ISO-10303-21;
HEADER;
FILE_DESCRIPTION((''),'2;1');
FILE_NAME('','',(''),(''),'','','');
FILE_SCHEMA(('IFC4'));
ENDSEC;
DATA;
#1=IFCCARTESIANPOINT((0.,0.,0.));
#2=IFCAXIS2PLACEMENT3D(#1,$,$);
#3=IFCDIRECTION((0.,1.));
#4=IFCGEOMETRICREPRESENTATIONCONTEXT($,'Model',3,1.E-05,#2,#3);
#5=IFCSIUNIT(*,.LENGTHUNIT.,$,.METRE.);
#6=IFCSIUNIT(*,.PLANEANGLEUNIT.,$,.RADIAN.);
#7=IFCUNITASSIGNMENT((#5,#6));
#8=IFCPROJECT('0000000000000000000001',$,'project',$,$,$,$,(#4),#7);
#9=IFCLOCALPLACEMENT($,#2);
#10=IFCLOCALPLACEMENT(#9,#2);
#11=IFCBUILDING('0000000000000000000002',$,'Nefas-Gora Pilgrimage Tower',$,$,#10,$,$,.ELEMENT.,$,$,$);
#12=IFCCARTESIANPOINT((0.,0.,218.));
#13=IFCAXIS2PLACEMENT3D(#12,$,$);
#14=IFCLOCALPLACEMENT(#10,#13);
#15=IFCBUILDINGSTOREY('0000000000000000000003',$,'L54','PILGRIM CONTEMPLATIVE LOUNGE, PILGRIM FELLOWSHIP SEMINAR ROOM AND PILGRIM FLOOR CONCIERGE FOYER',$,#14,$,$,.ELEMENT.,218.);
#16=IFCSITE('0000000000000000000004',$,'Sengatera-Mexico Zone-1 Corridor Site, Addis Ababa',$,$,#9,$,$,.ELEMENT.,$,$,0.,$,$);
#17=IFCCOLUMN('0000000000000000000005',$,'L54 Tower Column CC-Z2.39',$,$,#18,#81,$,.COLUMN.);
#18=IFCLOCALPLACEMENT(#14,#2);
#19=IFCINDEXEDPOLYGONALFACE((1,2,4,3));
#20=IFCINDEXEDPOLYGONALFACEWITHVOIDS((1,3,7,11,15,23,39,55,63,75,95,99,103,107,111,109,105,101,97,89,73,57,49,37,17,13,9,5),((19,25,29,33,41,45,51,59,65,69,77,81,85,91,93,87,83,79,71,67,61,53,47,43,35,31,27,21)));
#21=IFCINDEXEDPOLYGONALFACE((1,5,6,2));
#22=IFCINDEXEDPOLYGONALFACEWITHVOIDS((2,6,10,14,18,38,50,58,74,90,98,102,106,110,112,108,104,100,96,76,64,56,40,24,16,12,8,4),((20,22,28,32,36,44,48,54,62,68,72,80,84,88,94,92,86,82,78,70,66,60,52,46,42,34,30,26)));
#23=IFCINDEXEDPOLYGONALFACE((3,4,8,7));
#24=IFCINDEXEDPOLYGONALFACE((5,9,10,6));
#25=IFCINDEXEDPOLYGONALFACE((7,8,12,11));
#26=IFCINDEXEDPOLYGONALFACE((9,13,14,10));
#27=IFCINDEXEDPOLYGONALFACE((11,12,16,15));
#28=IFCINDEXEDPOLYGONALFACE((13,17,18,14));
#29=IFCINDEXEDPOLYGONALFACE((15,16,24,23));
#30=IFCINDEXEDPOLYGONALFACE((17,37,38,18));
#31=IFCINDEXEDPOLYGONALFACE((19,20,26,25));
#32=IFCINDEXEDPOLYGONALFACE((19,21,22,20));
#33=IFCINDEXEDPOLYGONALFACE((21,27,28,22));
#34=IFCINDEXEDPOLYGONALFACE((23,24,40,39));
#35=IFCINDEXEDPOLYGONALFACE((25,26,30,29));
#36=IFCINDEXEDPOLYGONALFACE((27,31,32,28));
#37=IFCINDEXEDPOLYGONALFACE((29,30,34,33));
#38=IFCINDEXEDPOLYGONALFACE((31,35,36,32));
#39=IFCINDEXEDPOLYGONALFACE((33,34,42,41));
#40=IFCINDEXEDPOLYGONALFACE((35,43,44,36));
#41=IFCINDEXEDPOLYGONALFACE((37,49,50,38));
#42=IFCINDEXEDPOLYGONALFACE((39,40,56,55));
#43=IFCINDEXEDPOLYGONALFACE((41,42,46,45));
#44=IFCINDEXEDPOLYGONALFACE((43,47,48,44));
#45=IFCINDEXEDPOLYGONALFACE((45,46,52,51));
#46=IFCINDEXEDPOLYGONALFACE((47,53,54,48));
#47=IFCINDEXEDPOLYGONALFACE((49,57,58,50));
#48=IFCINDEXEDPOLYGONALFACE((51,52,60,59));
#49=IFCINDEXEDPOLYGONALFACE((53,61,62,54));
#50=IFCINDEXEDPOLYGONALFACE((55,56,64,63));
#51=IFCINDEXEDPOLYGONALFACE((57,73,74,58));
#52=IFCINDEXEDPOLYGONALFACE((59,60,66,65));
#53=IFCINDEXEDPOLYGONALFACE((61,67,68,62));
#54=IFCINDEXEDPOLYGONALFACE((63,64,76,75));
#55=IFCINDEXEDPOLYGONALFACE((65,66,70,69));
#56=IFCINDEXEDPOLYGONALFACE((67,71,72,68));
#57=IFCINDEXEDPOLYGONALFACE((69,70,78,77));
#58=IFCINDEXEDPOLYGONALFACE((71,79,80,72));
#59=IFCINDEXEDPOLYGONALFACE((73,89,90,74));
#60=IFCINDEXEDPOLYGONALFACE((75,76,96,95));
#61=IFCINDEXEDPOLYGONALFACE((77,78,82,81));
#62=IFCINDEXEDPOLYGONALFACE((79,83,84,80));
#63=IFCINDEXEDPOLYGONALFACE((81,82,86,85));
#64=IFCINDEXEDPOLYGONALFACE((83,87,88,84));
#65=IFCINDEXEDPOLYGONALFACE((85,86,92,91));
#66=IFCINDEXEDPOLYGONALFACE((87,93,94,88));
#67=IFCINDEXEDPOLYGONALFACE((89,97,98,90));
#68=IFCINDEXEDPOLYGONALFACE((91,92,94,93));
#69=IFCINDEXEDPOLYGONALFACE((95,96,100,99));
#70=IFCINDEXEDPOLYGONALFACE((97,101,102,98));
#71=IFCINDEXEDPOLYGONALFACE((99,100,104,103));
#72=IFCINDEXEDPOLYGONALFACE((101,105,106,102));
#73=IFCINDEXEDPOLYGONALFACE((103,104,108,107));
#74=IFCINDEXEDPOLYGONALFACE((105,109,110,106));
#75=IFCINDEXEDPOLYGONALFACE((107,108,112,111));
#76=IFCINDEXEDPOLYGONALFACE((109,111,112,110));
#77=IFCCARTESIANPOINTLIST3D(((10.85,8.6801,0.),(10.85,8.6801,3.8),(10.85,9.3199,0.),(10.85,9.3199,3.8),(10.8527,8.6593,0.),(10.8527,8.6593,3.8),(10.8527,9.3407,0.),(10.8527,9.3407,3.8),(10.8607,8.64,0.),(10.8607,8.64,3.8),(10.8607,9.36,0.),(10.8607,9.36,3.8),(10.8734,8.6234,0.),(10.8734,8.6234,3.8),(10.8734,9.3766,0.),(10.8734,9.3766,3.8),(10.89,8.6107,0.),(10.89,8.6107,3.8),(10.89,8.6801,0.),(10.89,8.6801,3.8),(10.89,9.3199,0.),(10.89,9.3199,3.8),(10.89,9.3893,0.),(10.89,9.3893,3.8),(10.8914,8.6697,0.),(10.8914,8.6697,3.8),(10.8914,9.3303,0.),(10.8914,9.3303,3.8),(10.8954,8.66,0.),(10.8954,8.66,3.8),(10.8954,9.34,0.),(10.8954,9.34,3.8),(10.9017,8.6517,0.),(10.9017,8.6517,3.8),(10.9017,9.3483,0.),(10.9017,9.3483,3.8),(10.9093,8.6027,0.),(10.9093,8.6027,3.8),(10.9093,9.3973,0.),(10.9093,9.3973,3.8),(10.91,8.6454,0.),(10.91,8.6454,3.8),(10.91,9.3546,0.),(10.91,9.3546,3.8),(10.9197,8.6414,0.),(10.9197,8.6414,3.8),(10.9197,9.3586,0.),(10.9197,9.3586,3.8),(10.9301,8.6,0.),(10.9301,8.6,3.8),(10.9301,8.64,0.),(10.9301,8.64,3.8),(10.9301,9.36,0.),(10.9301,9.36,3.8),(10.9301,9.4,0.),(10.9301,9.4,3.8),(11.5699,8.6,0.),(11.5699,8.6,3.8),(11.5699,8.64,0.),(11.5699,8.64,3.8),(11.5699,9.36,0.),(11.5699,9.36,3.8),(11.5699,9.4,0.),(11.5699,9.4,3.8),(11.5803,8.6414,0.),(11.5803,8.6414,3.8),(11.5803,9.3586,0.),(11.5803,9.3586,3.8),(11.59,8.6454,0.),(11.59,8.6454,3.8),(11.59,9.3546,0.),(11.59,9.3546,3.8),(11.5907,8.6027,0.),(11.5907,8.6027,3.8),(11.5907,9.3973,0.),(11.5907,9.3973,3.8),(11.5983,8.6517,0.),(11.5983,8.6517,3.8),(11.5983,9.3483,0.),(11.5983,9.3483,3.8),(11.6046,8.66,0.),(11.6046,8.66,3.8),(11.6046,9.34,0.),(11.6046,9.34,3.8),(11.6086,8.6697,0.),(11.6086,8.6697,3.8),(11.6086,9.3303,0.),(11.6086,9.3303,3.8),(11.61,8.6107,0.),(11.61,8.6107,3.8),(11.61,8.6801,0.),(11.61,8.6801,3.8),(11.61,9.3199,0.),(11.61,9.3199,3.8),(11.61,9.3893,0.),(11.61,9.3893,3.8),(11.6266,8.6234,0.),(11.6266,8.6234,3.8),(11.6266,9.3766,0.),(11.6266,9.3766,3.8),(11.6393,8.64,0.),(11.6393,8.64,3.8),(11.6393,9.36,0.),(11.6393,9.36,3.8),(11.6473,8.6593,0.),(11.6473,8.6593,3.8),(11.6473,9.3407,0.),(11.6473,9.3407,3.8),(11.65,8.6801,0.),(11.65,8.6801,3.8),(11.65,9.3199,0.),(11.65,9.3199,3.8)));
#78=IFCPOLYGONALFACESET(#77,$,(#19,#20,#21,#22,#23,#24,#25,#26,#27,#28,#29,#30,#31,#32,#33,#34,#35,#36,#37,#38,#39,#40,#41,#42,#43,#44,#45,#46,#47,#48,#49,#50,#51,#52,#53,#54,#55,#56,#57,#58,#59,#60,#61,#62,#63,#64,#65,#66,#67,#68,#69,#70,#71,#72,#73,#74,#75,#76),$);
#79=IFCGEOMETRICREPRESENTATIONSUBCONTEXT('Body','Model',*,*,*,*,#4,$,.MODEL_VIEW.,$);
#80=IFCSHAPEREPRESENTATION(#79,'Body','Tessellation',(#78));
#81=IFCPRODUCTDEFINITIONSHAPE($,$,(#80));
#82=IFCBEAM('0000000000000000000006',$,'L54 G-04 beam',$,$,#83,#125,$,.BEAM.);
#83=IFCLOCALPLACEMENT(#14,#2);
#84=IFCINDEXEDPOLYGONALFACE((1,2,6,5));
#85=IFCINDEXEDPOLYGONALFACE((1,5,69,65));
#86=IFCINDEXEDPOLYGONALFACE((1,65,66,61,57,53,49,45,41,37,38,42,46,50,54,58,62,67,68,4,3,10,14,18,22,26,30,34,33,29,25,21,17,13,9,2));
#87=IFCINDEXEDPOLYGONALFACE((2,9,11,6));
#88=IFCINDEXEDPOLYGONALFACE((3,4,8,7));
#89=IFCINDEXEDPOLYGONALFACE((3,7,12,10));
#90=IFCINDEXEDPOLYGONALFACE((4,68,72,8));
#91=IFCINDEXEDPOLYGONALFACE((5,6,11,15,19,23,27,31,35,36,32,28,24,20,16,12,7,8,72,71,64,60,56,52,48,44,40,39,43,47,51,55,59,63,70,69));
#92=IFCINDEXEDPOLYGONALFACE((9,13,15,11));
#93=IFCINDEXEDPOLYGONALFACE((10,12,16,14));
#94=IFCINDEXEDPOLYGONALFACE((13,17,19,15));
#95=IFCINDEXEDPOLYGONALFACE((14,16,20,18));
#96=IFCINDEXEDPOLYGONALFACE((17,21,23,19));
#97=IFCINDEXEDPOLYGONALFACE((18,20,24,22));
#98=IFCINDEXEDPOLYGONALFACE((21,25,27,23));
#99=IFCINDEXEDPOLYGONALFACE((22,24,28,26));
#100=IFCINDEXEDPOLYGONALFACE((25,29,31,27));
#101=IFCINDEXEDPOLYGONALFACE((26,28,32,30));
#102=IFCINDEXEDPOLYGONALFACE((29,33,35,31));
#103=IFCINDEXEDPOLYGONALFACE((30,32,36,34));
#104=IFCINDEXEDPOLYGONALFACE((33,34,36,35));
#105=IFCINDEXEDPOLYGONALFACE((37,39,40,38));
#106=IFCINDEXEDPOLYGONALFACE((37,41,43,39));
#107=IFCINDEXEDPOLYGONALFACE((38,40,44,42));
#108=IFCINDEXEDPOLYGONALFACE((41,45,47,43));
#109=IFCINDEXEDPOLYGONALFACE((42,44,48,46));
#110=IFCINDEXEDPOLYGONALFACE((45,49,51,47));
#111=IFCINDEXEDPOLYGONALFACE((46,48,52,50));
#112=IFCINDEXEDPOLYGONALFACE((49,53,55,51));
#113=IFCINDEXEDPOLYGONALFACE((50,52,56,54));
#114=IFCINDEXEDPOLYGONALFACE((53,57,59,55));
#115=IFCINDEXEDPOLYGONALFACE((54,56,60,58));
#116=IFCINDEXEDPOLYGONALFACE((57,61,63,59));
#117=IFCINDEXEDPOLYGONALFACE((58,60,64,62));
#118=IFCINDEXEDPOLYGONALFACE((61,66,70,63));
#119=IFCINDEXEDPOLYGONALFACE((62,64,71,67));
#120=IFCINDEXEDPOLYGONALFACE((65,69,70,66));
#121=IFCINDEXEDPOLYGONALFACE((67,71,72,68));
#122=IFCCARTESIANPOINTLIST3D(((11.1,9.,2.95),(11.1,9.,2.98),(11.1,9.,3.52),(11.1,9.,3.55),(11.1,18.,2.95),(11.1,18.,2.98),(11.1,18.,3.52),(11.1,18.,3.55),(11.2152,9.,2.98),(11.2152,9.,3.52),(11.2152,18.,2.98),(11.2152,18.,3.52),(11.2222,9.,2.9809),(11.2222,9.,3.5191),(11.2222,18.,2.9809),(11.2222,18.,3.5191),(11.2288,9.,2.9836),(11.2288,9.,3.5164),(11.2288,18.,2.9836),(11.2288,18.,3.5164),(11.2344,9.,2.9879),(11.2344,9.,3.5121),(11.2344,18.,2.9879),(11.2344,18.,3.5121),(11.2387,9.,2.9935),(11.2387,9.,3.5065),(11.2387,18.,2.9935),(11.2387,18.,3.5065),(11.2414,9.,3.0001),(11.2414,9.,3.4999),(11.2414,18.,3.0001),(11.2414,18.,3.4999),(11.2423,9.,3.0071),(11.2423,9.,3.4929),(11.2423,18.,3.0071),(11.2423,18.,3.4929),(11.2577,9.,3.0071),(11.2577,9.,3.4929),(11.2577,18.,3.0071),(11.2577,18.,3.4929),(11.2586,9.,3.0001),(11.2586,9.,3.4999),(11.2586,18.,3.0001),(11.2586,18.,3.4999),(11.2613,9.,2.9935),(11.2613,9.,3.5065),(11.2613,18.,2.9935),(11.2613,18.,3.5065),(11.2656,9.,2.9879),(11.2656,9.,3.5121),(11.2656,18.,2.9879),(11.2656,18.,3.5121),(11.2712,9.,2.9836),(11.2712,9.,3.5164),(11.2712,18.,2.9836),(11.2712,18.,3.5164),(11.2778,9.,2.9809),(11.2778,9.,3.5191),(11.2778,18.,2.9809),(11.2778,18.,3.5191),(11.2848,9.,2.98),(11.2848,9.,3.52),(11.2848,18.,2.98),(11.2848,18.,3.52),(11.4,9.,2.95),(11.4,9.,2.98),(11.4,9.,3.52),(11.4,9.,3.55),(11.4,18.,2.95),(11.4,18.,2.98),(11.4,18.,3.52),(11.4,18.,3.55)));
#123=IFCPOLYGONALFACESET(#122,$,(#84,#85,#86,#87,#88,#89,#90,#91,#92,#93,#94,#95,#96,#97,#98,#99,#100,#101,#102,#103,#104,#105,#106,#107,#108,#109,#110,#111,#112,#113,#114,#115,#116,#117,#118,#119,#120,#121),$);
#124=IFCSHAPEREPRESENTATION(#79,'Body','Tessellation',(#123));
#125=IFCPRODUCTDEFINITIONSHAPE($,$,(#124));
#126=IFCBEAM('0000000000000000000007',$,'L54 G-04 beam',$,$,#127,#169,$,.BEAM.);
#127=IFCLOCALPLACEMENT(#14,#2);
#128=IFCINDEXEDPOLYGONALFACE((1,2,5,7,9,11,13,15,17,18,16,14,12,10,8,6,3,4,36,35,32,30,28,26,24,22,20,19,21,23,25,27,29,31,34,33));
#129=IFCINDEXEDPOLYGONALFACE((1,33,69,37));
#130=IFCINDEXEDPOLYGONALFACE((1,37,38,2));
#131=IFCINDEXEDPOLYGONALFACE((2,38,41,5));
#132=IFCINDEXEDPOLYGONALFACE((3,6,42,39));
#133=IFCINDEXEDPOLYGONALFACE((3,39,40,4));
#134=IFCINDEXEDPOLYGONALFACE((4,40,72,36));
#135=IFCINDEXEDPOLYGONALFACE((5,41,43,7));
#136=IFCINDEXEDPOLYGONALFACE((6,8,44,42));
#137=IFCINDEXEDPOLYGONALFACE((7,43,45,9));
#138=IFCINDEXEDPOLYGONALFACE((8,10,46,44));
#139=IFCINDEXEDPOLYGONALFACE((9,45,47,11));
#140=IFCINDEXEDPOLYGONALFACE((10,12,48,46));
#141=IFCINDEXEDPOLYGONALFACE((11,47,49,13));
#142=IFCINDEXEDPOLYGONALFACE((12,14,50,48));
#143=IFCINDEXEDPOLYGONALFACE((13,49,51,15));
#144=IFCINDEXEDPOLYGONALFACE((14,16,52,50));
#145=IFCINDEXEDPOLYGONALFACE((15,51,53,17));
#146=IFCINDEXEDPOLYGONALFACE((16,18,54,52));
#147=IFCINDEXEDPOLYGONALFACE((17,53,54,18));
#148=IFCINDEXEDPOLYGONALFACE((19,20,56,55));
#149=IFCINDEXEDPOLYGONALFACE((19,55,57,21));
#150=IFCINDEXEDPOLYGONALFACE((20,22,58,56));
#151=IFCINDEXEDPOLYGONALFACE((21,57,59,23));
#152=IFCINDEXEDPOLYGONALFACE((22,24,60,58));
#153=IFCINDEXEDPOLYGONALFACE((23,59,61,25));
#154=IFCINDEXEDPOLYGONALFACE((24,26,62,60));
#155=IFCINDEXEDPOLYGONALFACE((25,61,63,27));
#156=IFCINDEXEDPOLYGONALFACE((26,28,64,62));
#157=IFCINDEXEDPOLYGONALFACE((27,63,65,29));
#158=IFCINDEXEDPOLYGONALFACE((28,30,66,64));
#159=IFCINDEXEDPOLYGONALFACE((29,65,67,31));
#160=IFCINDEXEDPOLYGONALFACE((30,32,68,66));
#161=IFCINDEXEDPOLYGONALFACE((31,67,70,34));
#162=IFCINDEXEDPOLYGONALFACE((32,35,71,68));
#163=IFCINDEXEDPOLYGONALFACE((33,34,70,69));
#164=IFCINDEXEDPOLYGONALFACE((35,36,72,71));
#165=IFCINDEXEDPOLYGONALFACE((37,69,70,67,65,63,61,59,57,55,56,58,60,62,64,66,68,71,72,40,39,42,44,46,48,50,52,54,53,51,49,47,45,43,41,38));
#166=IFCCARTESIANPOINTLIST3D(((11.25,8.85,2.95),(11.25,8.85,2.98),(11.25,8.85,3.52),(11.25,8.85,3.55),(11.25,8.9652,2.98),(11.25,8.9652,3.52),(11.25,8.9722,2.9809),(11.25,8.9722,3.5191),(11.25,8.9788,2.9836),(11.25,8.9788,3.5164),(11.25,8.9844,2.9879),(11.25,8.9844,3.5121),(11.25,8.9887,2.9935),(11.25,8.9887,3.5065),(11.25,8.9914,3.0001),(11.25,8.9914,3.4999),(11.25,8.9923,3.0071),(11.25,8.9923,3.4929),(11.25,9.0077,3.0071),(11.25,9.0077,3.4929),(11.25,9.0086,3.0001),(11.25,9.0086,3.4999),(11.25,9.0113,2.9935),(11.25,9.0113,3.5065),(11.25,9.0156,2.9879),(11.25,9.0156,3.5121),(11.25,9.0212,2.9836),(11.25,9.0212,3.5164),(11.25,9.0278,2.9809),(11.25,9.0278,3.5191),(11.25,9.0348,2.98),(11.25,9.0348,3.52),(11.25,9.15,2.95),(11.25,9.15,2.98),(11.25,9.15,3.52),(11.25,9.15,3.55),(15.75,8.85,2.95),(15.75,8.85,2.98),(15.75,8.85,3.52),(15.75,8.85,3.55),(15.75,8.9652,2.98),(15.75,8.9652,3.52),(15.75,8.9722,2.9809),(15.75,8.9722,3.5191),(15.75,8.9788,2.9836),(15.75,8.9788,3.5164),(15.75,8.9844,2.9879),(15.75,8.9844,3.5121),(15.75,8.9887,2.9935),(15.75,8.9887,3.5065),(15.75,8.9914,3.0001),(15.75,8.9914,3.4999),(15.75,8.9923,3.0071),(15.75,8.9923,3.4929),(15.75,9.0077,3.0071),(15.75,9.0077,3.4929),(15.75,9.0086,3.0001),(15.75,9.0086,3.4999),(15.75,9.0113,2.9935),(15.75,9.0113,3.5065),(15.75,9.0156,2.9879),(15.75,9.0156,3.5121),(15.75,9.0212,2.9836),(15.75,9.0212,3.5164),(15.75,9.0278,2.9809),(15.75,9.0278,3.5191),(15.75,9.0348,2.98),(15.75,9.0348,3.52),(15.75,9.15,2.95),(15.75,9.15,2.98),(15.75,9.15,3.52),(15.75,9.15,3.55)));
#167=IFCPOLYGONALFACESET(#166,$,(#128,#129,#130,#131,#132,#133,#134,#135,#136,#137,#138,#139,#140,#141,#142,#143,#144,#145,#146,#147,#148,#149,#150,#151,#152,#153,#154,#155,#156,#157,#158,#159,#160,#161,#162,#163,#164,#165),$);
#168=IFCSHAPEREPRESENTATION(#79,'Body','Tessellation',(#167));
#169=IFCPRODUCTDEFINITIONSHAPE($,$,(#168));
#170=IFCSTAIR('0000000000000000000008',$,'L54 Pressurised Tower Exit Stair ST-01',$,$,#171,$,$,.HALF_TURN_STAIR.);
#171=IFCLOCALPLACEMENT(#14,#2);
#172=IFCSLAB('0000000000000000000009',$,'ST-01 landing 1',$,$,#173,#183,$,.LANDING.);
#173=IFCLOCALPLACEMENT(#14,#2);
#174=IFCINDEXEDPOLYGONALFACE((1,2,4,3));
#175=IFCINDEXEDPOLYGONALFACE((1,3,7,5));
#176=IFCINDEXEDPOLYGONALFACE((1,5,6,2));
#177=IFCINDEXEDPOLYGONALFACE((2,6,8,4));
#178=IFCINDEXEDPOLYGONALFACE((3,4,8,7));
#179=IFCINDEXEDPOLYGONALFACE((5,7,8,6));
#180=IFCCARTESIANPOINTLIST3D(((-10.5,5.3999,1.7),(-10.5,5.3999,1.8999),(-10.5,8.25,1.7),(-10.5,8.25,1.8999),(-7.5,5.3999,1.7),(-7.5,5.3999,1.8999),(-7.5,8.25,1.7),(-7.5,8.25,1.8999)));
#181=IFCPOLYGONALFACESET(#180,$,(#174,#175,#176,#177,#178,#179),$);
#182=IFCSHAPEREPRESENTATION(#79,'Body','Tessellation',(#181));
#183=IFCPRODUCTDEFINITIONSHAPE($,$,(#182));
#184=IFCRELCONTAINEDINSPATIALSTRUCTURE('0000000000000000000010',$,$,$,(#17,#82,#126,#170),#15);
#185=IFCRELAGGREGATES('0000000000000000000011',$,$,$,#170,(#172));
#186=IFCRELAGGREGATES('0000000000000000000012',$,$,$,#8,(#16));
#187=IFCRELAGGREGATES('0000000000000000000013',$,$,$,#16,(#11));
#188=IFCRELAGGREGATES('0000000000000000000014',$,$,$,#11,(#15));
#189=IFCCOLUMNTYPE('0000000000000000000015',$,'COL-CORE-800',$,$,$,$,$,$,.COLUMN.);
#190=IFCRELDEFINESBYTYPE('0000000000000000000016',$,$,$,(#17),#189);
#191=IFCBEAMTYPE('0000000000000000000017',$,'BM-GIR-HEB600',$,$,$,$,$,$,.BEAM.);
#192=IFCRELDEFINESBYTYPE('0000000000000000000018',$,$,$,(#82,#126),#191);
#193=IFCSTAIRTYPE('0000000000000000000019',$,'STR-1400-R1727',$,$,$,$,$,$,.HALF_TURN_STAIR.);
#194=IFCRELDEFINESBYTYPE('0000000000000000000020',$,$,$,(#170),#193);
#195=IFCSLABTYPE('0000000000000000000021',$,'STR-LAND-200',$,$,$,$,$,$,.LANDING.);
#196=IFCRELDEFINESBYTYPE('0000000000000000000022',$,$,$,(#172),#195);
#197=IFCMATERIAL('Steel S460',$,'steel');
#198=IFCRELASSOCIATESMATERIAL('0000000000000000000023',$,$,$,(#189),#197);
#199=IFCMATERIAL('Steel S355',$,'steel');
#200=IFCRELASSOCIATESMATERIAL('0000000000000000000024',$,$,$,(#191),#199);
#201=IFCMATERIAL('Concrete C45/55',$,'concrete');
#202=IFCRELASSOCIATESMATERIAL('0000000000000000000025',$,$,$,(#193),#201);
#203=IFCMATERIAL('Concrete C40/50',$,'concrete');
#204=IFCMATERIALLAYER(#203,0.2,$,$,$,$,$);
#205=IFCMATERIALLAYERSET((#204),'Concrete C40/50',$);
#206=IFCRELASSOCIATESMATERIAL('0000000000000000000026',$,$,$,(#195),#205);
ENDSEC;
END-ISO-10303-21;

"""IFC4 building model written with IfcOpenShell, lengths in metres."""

from ifc_helpers import new_model, si_unit, direction, frame, origin, origin_2d, place, context, subcontext, project, spatial, polyline, hollow_rectangle, i_section, outline, extrude, source, transform, mapped, material, layer, layer_set, material_profile, profile_set, type_object, element, aggregate, save


model = new_model("IFC4")

# Units and contexts
model_context = context("Model", 3, precision=1e-05, world=origin(), true_north=direction((0.0, 1.0)))
body_context = subcontext(model_context, "Body", "Model", "MODEL_VIEW")
ifc_project = project(units=[si_unit("LENGTHUNIT", "METRE"), si_unit("PLANEANGLEUNIT", "RADIAN")], contexts=[model_context])

# Site, building, storey
site_placement = place(None, origin())
site = spatial("IfcSite", under=ifc_project, at=site_placement, Name="Sengatera-Mexico Zone-1 Corridor Site, Addis Ababa", CompositionType="ELEMENT", RefElevation=0.0)
building_placement = place(site_placement, origin())
building = spatial("IfcBuilding", under=site, at=building_placement, Name="Nefas-Gora Pilgrimage Tower", CompositionType="ELEMENT")
storey_placement = place(building_placement, frame((0.0, 0.0, 218.0)))
storey = spatial("IfcBuildingStorey", under=building, at=storey_placement, Name="L54", Description="PILGRIM CONTEMPLATIVE LOUNGE, PILGRIM FELLOWSHIP SEMINAR ROOM AND PILGRIM FLOOR CONCIERGE FOYER", CompositionType="ELEMENT", Elevation=218.0)

# Column
ifc_material_1 = material(Name="Steel S460", Category="steel")
ifc_material_profile_1 = material_profile(ifc_material_1, hollow_rectangle(XDim=0.8, YDim=0.8, WallThickness=0.04, InnerFilletRadius=0.04, OuterFilletRadius=0.0801, at=origin_2d()), Name="BOX 800x800x40")
ifc_profile_set_1 = profile_set([ifc_material_profile_1], Name="Steel S460")
column_type = type_object("IfcColumnType", Name="COL-CORE-800", PredefinedType="COLUMN", material=ifc_profile_set_1)
shared_shape_1 = source(origin(), body_context, "Body", "SweptSolid", [
    extrude(hollow_rectangle(XDim=0.8, YDim=0.8, WallThickness=0.04, InnerFilletRadius=0.04, OuterFilletRadius=0.0801, at=origin_2d()), origin(), (0.0, 0.0, 1.0), 3.8),
])
column_placement = place(storey_placement, frame((11.25, 9.0, 0.0), z_axis=(0.0, 0.0, 1.0), x_axis=(1.0, 0.0, 0.0)))
element("IfcColumn", 1, at=column_placement, inside=storey, type_object=column_type, Name="L54 Tower Column CC-Z2.39", PredefinedType="COLUMN", context=body_context, shape_type="MappedRepresentation", body=[
    mapped(shared_shape_1, transform((0.0, 0.0, 0.0), x_axis=(1.0, 0.0, 0.0), y_axis=(0.0, 1.0, 0.0), z_axis=(0.0, 0.0, 1.0), scale=1.0)),
])

# Beams
ifc_material_2 = material(Name="Steel S355", Category="steel")
ifc_material_profile_2 = material_profile(ifc_material_2, i_section(OverallWidth=0.3, OverallDepth=0.6001, WebThickness=0.0154, FlangeThickness=0.03, FilletRadius=0.0271, at=origin_2d()), Name="HEB 600")
ifc_profile_set_2 = profile_set([ifc_material_profile_2], Name="Steel S355")
beam_type = type_object("IfcBeamType", Name="BM-GIR-HEB600", PredefinedType="BEAM", material=ifc_profile_set_2)
shared_shape_2 = source(origin(), body_context, "Body", "SweptSolid", [
    extrude(i_section(OverallWidth=0.3, OverallDepth=0.6001, WebThickness=0.0154, FlangeThickness=0.03, FilletRadius=0.0271, at=origin_2d()), origin(), (0.0, 0.0, 1.0), 9.0),
])
beam_1_placement = place(storey_placement, frame((11.25, 9.0, 3.25), z_axis=(0.0, 1.0, 0.0), x_axis=(-1.0, 0.0, 0.0)))
element("IfcBeam", 2, at=beam_1_placement, inside=storey, type_object=beam_type, Name="L54 G-04 beam", PredefinedType="BEAM", context=body_context, shape_type="MappedRepresentation", body=[
    mapped(shared_shape_2, transform((0.0, 0.0, 0.0), x_axis=(1.0, 0.0, 0.0), y_axis=(0.0, 1.0, 0.0), z_axis=(0.0, 0.0, 1.0), scale=1.0)),
])
shared_shape_3 = source(origin(), body_context, "Body", "SweptSolid", [
    extrude(i_section(OverallWidth=0.3, OverallDepth=0.6001, WebThickness=0.0154, FlangeThickness=0.03, FilletRadius=0.0271, at=origin_2d()), origin(), (0.0, 0.0, 1.0), 4.5),
])
beam_2_placement = place(storey_placement, frame((11.25, 9.0, 3.25), z_axis=(1.0, 0.0, 0.0), x_axis=(0.0, 1.0, 0.0)))
element("IfcBeam", 3, at=beam_2_placement, inside=storey, type_object=beam_type, Name="L54 G-04 beam", PredefinedType="BEAM", context=body_context, shape_type="MappedRepresentation", body=[
    mapped(shared_shape_3, transform((0.0, 0.0, 0.0), x_axis=(1.0, 0.0, 0.0), y_axis=(0.0, 1.0, 0.0), z_axis=(0.0, 0.0, 1.0), scale=1.0)),
])

# Stair, slab
ifc_material_3 = material(Name="Concrete C45/55", Category="concrete")
stair_type = type_object("IfcStairType", Name="STR-1400-R1727", PredefinedType="HALF_TURN_STAIR", material=ifc_material_3)
stair_1_placement = place(storey_placement, origin())
stair_1 = element("IfcStair", 4, at=stair_1_placement, inside=storey, type_object=stair_type, Name="L54 Pressurised Tower Exit Stair ST-01", PredefinedType="HALF_TURN_STAIR")
ifc_material_4 = material(Name="Concrete C40/50", Category="concrete")
ifc_layer_1 = layer(ifc_material_4, 0.2)
ifc_layer_set_1 = layer_set([ifc_layer_1], Name="Concrete C40/50")
slab_type = type_object("IfcSlabType", Name="STR-LAND-200", PredefinedType="LANDING", material=ifc_layer_set_1)
slab_1_placement = place(storey_placement, frame((0.0, 0.0, 1.7)))
slab_1 = element("IfcSlab", 5, at=slab_1_placement, type_object=slab_type, Name="ST-01 landing 1", PredefinedType="LANDING", context=body_context, shape_type="SweptSolid", body=[
    extrude(outline(polyline([(-7.5, 5.3999), (-7.5, 8.25), (-10.5, 8.25), (-10.5, 5.3999), (-7.5, 5.3999)])), origin(), (0.0, 0.0, 1.0), 0.2),
])
aggregate(stair_1, [slab_1])

save(model, "model.ifc")
